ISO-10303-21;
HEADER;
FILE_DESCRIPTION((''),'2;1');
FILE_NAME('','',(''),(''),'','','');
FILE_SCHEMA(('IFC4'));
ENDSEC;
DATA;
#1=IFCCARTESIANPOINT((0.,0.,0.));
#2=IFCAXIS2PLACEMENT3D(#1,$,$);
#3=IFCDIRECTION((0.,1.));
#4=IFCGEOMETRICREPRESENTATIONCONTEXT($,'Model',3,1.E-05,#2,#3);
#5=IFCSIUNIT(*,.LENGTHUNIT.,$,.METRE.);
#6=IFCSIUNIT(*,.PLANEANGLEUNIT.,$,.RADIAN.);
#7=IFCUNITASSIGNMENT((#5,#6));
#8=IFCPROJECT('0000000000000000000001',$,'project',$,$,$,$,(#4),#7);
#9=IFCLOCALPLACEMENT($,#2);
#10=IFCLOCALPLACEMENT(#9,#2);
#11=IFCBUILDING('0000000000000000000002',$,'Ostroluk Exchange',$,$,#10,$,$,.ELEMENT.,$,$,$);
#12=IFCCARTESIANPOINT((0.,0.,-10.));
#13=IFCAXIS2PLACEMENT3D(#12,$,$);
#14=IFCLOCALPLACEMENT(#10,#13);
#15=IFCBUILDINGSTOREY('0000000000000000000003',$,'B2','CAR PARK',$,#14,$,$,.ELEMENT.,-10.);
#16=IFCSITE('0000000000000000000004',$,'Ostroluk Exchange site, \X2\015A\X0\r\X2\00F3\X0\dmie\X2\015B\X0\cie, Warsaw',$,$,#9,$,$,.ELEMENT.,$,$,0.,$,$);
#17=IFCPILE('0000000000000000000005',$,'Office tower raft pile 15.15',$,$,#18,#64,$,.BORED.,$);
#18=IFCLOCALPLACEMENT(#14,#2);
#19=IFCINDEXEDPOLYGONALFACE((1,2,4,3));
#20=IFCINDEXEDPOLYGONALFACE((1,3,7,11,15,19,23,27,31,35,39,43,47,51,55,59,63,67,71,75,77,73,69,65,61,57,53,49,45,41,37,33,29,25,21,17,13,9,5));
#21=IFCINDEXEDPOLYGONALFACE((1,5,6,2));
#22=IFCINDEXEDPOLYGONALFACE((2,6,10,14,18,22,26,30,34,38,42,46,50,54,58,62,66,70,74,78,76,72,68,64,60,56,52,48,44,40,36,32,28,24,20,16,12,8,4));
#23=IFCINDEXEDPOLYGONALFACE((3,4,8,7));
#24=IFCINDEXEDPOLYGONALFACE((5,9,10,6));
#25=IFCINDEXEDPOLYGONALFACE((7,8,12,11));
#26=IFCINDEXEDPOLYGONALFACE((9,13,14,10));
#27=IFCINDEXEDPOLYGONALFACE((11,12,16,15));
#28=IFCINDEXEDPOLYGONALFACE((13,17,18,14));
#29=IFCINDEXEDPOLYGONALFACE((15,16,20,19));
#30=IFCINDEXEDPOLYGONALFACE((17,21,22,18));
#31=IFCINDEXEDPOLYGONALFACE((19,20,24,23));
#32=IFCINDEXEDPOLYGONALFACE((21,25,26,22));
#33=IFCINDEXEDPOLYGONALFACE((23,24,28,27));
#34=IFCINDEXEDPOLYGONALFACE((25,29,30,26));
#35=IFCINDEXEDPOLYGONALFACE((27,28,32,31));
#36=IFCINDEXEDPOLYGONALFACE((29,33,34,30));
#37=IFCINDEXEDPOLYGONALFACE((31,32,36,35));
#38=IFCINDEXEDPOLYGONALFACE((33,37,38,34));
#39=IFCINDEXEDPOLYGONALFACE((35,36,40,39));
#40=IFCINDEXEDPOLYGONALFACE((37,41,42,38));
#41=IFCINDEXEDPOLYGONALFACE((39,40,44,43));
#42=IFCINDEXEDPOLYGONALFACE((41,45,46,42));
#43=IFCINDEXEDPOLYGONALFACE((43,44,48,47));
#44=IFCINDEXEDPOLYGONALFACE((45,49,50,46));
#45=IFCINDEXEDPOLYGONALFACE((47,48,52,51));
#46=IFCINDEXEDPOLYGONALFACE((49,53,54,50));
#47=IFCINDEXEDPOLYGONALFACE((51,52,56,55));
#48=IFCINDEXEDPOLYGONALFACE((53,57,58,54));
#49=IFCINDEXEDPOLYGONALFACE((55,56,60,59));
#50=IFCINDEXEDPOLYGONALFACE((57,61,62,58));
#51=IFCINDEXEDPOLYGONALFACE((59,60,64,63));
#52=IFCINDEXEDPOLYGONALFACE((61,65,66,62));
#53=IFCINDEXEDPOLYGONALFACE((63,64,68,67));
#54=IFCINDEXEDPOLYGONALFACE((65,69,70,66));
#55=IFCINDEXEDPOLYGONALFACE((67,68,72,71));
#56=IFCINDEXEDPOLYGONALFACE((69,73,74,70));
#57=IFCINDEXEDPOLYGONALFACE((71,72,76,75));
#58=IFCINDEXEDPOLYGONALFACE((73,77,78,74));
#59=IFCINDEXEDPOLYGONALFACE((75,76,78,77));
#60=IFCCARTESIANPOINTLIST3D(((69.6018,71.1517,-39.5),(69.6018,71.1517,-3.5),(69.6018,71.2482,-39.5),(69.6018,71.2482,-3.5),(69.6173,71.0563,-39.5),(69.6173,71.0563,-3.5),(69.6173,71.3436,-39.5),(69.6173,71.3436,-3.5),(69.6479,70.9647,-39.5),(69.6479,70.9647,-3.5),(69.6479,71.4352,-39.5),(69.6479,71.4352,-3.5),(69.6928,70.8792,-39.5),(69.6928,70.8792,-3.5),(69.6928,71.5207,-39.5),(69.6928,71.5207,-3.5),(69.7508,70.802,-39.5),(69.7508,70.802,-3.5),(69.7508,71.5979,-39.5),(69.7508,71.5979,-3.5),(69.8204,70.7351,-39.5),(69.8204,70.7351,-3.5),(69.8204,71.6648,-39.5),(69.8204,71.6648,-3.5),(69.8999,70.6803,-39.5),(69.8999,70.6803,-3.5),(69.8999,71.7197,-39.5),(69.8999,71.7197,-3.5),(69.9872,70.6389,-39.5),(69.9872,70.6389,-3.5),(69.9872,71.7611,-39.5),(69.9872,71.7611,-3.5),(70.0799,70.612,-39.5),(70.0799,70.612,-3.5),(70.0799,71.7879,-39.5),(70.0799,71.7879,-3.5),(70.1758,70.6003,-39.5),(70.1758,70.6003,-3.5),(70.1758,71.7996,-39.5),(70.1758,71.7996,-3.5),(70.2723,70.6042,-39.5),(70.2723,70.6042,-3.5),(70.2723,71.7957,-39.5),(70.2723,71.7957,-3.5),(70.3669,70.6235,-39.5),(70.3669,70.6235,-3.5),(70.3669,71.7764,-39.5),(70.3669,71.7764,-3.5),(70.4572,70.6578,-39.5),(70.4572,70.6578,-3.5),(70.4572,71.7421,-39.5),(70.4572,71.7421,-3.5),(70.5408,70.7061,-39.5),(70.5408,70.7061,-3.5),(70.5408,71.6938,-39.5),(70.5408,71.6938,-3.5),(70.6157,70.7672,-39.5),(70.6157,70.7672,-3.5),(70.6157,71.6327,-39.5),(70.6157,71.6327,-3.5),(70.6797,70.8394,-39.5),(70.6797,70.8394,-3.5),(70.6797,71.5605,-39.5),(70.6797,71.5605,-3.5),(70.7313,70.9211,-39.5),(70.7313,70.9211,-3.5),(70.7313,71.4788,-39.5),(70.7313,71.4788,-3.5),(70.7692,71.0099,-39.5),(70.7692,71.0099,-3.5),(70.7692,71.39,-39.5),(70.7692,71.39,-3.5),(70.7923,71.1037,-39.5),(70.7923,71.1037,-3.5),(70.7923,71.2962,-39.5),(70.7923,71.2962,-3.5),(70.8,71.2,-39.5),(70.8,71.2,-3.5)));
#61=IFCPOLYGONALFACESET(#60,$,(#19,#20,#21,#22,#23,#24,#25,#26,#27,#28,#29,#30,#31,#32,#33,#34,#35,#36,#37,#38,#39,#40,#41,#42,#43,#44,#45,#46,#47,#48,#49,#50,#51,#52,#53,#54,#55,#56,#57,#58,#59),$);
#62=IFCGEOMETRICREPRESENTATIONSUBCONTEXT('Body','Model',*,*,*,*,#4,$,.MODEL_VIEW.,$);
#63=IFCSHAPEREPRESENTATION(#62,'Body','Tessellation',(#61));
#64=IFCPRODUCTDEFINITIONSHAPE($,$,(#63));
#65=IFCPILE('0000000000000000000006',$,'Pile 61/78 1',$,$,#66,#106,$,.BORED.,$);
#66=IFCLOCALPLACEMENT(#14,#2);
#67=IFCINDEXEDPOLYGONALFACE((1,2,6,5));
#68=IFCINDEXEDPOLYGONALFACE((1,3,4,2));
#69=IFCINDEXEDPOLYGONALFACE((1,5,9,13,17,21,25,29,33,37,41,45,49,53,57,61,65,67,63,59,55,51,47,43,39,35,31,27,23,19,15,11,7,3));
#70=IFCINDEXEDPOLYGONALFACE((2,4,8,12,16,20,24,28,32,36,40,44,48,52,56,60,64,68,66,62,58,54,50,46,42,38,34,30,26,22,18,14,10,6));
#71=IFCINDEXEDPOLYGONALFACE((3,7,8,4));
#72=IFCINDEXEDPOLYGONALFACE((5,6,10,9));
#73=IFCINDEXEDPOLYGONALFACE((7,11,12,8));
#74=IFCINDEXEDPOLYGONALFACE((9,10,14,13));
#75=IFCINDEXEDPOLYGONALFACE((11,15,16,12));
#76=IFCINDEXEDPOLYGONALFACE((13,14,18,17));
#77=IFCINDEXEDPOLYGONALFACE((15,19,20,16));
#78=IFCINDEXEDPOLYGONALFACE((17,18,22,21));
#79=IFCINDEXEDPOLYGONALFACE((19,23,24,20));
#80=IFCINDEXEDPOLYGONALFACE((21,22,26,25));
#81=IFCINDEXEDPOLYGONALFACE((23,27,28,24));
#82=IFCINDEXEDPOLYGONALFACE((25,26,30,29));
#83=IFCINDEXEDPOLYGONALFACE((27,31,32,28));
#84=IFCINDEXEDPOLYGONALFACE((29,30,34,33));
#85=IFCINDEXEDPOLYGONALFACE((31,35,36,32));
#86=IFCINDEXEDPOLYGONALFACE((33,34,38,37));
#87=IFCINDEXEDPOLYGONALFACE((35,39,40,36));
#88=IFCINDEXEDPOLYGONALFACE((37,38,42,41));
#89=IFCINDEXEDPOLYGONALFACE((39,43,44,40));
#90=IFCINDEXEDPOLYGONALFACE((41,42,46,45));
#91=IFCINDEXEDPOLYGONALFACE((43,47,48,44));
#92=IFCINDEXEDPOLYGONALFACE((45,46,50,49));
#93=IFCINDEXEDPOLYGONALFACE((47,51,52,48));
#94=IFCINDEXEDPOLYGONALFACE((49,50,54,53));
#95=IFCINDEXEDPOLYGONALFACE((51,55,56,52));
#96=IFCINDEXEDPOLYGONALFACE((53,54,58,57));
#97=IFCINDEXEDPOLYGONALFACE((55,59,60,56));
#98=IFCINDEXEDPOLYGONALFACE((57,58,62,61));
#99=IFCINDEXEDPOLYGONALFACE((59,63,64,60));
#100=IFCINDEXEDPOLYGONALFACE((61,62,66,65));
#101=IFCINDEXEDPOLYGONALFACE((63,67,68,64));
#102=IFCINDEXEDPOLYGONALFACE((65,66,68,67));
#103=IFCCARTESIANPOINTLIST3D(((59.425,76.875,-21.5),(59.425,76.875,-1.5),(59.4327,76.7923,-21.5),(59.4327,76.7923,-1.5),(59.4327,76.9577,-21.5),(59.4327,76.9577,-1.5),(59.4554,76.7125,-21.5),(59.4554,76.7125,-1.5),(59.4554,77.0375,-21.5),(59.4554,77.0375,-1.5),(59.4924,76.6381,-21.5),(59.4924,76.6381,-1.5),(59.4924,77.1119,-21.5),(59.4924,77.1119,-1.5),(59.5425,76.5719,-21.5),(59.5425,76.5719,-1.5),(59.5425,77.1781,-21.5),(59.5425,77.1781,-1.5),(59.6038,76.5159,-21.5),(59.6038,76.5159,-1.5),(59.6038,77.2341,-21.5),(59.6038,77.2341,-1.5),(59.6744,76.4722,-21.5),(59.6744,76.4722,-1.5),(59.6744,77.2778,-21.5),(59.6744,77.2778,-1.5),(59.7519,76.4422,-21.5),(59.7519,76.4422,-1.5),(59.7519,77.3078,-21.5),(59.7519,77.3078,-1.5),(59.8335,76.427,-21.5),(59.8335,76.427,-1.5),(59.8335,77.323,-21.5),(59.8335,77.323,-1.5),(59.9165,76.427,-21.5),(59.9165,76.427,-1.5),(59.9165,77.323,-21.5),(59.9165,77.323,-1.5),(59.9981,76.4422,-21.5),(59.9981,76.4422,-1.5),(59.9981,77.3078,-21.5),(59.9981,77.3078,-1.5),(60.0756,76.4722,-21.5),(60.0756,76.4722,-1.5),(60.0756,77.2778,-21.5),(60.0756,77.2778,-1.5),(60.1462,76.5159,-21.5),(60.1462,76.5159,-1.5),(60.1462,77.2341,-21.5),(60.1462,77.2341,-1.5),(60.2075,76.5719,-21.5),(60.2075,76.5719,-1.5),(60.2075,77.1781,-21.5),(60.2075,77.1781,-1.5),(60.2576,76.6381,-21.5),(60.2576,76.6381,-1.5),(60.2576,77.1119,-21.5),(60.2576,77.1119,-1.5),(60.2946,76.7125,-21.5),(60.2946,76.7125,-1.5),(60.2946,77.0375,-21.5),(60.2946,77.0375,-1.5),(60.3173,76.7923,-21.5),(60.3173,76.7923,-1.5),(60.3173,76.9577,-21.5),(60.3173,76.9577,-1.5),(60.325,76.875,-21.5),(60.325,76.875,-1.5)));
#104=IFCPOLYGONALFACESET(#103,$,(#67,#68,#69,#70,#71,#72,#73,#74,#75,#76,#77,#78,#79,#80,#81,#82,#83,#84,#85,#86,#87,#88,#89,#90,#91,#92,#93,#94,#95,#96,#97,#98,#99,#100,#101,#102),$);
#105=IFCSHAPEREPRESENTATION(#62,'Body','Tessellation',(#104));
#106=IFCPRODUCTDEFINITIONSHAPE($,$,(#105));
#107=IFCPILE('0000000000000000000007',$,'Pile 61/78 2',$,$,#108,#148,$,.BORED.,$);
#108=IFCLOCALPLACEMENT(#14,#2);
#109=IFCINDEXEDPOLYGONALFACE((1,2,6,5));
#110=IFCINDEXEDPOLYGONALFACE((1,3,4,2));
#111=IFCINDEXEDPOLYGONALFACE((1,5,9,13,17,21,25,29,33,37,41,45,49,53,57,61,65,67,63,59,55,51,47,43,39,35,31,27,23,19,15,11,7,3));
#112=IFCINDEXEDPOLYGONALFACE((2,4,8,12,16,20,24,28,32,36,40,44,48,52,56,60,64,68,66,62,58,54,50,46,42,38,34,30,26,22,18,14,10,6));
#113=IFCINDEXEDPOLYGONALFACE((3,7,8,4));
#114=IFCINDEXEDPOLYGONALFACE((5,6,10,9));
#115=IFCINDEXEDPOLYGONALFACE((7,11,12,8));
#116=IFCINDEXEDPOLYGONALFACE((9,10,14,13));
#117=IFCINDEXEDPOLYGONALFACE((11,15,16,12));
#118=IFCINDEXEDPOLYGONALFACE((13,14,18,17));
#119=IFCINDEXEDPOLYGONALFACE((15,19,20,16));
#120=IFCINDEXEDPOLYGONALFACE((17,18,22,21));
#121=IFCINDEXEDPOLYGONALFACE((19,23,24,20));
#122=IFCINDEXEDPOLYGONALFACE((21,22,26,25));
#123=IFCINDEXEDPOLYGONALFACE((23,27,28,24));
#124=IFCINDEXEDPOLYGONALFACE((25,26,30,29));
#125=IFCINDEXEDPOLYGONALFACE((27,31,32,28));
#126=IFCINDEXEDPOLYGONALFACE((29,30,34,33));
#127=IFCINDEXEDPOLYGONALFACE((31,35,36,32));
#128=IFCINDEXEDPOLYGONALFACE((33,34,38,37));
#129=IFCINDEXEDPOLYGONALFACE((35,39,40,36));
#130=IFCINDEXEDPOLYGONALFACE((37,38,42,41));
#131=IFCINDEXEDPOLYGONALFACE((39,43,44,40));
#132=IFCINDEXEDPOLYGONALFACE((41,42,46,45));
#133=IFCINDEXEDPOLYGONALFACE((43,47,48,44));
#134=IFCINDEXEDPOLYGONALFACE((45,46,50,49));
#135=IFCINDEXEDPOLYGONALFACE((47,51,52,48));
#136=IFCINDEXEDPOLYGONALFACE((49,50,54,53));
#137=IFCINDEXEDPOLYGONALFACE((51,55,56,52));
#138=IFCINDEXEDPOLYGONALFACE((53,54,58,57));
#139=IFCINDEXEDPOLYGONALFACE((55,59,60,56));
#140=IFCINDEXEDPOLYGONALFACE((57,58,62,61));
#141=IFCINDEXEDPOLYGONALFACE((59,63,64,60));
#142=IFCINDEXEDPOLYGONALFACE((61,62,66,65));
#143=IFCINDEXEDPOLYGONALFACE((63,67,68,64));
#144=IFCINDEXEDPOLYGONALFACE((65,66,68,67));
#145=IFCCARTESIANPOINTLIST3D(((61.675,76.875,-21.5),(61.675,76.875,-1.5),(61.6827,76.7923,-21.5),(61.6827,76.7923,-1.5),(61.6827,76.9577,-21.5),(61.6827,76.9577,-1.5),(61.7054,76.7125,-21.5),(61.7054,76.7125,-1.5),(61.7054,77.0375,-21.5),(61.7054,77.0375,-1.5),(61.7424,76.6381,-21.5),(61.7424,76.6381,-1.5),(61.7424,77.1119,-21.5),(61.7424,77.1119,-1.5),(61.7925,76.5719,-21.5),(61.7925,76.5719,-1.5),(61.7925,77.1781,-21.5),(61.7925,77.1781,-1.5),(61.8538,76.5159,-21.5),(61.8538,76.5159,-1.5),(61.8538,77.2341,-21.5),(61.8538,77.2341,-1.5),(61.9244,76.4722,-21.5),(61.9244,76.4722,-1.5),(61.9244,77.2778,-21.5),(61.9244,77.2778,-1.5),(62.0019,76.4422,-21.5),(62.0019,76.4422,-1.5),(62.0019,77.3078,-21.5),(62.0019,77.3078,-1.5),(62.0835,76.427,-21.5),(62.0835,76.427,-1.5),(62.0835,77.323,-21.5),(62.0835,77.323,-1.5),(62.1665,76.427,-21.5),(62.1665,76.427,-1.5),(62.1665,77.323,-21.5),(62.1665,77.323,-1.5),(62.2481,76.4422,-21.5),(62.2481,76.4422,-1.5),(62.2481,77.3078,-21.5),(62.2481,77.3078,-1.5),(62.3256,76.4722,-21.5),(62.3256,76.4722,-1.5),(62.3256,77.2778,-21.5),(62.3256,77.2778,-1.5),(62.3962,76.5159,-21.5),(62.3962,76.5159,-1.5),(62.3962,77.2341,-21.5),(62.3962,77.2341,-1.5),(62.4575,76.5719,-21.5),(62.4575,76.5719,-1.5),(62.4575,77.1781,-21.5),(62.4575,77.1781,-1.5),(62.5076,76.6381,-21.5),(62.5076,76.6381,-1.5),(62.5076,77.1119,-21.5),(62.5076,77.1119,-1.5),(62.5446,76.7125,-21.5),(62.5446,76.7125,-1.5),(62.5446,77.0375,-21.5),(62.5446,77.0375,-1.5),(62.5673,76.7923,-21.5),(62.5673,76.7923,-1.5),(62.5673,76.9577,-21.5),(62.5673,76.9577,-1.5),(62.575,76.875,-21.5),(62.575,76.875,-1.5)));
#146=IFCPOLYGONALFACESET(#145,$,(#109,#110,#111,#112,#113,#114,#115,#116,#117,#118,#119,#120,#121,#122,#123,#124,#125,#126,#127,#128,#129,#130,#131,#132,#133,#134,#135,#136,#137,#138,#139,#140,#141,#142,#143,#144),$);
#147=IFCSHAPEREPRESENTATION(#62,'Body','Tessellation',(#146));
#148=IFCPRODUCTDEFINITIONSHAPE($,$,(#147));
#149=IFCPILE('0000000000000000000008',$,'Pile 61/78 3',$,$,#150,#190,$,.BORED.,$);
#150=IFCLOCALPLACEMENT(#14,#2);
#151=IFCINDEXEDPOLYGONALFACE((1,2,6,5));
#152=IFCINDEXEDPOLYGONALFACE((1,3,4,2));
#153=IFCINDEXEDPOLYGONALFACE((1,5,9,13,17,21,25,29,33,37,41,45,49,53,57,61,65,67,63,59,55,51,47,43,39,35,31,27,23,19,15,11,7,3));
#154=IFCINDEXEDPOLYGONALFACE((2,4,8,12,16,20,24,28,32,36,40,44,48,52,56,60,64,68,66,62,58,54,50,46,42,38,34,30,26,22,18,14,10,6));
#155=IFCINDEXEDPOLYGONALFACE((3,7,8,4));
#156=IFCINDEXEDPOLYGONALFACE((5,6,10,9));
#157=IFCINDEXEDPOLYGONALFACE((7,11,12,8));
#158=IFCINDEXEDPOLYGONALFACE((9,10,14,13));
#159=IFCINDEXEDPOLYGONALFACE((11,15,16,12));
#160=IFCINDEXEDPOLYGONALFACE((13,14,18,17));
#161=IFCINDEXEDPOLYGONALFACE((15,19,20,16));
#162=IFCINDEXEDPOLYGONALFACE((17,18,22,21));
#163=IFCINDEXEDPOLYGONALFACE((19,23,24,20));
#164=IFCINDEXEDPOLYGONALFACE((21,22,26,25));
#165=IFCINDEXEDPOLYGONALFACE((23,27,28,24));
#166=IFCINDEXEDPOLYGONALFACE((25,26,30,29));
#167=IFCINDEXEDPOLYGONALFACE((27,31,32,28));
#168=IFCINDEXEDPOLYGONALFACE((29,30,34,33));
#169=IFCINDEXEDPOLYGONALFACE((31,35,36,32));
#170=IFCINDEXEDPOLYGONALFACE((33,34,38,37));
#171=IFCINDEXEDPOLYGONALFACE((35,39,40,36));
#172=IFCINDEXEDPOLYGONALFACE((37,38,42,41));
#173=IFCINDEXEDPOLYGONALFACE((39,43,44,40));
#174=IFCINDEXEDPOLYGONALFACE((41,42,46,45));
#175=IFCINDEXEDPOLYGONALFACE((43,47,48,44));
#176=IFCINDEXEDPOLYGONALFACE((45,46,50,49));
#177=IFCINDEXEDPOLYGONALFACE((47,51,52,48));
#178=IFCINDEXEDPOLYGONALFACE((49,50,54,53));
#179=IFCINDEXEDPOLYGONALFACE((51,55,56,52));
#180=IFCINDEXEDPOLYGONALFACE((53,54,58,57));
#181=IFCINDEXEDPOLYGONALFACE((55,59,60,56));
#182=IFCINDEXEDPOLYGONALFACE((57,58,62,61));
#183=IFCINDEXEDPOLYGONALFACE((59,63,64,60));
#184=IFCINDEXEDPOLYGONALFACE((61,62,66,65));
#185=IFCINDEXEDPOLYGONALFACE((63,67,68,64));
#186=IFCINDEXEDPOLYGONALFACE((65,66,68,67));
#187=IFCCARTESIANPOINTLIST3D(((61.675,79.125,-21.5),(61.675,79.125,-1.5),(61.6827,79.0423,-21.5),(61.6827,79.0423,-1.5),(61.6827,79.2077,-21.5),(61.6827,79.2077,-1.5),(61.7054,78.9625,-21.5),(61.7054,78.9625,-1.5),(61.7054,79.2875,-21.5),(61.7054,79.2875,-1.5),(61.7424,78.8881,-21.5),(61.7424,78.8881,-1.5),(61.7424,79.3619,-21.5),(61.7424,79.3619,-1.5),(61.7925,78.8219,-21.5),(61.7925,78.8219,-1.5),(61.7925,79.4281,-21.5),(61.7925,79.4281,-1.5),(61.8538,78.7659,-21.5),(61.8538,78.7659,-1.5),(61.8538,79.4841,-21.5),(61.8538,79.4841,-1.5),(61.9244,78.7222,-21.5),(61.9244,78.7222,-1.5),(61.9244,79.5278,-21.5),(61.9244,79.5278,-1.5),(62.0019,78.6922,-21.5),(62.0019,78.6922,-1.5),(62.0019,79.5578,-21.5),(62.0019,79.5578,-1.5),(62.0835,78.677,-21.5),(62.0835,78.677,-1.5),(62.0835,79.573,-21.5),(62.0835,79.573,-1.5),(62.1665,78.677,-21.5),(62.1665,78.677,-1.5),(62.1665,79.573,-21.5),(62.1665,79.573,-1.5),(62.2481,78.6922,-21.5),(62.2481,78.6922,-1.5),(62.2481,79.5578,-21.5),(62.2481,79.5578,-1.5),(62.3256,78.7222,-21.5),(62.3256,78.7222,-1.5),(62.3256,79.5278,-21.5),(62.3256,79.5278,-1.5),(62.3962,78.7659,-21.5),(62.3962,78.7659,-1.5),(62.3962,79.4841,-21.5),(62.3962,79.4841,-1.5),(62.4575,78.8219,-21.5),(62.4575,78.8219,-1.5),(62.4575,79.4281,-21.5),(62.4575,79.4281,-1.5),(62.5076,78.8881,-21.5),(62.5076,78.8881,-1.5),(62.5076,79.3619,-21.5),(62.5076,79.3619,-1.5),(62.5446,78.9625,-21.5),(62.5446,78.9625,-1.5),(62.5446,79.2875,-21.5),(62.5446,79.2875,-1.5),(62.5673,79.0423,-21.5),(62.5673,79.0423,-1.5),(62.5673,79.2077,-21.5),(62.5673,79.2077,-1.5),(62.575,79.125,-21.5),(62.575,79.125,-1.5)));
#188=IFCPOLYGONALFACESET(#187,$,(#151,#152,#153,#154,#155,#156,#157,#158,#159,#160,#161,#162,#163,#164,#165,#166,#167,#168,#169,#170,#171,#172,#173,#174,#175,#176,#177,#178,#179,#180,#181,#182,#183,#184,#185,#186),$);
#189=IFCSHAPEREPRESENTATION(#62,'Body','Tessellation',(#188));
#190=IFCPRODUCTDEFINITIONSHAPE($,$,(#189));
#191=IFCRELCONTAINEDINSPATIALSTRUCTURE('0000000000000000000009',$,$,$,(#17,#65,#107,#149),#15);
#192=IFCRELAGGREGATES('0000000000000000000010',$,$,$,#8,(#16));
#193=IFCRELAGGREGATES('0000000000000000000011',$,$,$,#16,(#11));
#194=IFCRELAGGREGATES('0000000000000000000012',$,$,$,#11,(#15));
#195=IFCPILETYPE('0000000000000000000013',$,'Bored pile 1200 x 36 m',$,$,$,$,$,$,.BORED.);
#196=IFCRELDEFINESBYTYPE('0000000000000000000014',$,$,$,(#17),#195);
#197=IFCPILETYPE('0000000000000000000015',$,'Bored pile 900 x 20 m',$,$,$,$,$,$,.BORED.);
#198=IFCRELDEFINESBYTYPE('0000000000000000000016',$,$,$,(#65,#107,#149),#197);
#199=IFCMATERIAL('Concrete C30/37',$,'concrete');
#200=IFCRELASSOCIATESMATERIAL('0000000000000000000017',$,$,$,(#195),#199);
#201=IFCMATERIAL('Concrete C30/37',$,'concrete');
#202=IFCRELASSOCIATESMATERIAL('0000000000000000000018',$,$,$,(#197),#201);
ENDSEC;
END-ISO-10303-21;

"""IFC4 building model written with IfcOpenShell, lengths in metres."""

from ifc_helpers import new_model, si_unit, direction, frame, origin, origin_2d, place, context, subcontext, project, spatial, circle, extrude, material, type_object, element, save


model = new_model("IFC4")

# Units and contexts
model_context = context("Model", 3, precision=1e-05, world=origin(), true_north=direction((0.0, 1.0)))
body_context = subcontext(model_context, "Body", "Model", "MODEL_VIEW")
ifc_project = project(units=[si_unit("LENGTHUNIT", "METRE"), si_unit("PLANEANGLEUNIT", "RADIAN")], contexts=[model_context])

# Site, building, storey
site_placement = place(None, origin())
site = spatial("IfcSite", under=ifc_project, at=site_placement, Name="Ostroluk Exchange site, Śródmieście, Warsaw", CompositionType="ELEMENT", RefElevation=0.0)
building_placement = place(site_placement, origin())
building = spatial("IfcBuilding", under=site, at=building_placement, Name="Ostroluk Exchange", CompositionType="ELEMENT")
storey_placement = place(building_placement, frame((0.0, 0.0, -10.0)))
storey = spatial("IfcBuildingStorey", under=building, at=storey_placement, Name="B2", Description="CAR PARK", CompositionType="ELEMENT", Elevation=-10.0)

# Piles
ifc_material_1 = material(Name="Concrete C30/37", Category="concrete")
pile_type_1 = type_object("IfcPileType", Name="Bored pile 1200 x 36 m", PredefinedType="BORED", material=ifc_material_1)
for number, where, z_axis, x_axis, name in (
    (1, (70.2, 71.2, -3.5), (0.0, 0.0, -1.0), (1.0, 0.0, 0.0), "Office tower raft pile 15.15"),
):
    element("IfcPile", number, at=place(storey_placement, frame(where, z_axis=z_axis, x_axis=x_axis)), inside=storey, type_object=pile_type_1, Name=name, PredefinedType="BORED", context=body_context, shape_type="SweptSolid", body=[
        extrude(circle(Radius=0.6001, at=origin_2d()), origin(), (0.0, 0.0, 1.0), 36.0),
    ])
ifc_material_2 = material(Name="Concrete C30/37", Category="concrete")
pile_type_2 = type_object("IfcPileType", Name="Bored pile 900 x 20 m", PredefinedType="BORED", material=ifc_material_2)
for number, where, z_axis, x_axis, name in (
    (2, (59.875, 76.875, -1.5), (0.0, 0.0, -1.0), (1.0, 0.0, 0.0), "Pile 61/78 1"),
    (3, (62.125, 76.875, -1.5), (0.0, 0.0, -1.0), (1.0, 0.0, 0.0), "Pile 61/78 2"),
    (4, (62.125, 79.125, -1.5), (0.0, 0.0, -1.0), (1.0, 0.0, 0.0), "Pile 61/78 3"),
):
    element("IfcPile", number, at=place(storey_placement, frame(where, z_axis=z_axis, x_axis=x_axis)), inside=storey, type_object=pile_type_2, Name=name, PredefinedType="BORED", context=body_context, shape_type="SweptSolid", body=[
        extrude(circle(Radius=0.45, at=origin_2d()), origin(), (0.0, 0.0, 1.0), 20.0),
    ])

save(model, "model.ifc")
